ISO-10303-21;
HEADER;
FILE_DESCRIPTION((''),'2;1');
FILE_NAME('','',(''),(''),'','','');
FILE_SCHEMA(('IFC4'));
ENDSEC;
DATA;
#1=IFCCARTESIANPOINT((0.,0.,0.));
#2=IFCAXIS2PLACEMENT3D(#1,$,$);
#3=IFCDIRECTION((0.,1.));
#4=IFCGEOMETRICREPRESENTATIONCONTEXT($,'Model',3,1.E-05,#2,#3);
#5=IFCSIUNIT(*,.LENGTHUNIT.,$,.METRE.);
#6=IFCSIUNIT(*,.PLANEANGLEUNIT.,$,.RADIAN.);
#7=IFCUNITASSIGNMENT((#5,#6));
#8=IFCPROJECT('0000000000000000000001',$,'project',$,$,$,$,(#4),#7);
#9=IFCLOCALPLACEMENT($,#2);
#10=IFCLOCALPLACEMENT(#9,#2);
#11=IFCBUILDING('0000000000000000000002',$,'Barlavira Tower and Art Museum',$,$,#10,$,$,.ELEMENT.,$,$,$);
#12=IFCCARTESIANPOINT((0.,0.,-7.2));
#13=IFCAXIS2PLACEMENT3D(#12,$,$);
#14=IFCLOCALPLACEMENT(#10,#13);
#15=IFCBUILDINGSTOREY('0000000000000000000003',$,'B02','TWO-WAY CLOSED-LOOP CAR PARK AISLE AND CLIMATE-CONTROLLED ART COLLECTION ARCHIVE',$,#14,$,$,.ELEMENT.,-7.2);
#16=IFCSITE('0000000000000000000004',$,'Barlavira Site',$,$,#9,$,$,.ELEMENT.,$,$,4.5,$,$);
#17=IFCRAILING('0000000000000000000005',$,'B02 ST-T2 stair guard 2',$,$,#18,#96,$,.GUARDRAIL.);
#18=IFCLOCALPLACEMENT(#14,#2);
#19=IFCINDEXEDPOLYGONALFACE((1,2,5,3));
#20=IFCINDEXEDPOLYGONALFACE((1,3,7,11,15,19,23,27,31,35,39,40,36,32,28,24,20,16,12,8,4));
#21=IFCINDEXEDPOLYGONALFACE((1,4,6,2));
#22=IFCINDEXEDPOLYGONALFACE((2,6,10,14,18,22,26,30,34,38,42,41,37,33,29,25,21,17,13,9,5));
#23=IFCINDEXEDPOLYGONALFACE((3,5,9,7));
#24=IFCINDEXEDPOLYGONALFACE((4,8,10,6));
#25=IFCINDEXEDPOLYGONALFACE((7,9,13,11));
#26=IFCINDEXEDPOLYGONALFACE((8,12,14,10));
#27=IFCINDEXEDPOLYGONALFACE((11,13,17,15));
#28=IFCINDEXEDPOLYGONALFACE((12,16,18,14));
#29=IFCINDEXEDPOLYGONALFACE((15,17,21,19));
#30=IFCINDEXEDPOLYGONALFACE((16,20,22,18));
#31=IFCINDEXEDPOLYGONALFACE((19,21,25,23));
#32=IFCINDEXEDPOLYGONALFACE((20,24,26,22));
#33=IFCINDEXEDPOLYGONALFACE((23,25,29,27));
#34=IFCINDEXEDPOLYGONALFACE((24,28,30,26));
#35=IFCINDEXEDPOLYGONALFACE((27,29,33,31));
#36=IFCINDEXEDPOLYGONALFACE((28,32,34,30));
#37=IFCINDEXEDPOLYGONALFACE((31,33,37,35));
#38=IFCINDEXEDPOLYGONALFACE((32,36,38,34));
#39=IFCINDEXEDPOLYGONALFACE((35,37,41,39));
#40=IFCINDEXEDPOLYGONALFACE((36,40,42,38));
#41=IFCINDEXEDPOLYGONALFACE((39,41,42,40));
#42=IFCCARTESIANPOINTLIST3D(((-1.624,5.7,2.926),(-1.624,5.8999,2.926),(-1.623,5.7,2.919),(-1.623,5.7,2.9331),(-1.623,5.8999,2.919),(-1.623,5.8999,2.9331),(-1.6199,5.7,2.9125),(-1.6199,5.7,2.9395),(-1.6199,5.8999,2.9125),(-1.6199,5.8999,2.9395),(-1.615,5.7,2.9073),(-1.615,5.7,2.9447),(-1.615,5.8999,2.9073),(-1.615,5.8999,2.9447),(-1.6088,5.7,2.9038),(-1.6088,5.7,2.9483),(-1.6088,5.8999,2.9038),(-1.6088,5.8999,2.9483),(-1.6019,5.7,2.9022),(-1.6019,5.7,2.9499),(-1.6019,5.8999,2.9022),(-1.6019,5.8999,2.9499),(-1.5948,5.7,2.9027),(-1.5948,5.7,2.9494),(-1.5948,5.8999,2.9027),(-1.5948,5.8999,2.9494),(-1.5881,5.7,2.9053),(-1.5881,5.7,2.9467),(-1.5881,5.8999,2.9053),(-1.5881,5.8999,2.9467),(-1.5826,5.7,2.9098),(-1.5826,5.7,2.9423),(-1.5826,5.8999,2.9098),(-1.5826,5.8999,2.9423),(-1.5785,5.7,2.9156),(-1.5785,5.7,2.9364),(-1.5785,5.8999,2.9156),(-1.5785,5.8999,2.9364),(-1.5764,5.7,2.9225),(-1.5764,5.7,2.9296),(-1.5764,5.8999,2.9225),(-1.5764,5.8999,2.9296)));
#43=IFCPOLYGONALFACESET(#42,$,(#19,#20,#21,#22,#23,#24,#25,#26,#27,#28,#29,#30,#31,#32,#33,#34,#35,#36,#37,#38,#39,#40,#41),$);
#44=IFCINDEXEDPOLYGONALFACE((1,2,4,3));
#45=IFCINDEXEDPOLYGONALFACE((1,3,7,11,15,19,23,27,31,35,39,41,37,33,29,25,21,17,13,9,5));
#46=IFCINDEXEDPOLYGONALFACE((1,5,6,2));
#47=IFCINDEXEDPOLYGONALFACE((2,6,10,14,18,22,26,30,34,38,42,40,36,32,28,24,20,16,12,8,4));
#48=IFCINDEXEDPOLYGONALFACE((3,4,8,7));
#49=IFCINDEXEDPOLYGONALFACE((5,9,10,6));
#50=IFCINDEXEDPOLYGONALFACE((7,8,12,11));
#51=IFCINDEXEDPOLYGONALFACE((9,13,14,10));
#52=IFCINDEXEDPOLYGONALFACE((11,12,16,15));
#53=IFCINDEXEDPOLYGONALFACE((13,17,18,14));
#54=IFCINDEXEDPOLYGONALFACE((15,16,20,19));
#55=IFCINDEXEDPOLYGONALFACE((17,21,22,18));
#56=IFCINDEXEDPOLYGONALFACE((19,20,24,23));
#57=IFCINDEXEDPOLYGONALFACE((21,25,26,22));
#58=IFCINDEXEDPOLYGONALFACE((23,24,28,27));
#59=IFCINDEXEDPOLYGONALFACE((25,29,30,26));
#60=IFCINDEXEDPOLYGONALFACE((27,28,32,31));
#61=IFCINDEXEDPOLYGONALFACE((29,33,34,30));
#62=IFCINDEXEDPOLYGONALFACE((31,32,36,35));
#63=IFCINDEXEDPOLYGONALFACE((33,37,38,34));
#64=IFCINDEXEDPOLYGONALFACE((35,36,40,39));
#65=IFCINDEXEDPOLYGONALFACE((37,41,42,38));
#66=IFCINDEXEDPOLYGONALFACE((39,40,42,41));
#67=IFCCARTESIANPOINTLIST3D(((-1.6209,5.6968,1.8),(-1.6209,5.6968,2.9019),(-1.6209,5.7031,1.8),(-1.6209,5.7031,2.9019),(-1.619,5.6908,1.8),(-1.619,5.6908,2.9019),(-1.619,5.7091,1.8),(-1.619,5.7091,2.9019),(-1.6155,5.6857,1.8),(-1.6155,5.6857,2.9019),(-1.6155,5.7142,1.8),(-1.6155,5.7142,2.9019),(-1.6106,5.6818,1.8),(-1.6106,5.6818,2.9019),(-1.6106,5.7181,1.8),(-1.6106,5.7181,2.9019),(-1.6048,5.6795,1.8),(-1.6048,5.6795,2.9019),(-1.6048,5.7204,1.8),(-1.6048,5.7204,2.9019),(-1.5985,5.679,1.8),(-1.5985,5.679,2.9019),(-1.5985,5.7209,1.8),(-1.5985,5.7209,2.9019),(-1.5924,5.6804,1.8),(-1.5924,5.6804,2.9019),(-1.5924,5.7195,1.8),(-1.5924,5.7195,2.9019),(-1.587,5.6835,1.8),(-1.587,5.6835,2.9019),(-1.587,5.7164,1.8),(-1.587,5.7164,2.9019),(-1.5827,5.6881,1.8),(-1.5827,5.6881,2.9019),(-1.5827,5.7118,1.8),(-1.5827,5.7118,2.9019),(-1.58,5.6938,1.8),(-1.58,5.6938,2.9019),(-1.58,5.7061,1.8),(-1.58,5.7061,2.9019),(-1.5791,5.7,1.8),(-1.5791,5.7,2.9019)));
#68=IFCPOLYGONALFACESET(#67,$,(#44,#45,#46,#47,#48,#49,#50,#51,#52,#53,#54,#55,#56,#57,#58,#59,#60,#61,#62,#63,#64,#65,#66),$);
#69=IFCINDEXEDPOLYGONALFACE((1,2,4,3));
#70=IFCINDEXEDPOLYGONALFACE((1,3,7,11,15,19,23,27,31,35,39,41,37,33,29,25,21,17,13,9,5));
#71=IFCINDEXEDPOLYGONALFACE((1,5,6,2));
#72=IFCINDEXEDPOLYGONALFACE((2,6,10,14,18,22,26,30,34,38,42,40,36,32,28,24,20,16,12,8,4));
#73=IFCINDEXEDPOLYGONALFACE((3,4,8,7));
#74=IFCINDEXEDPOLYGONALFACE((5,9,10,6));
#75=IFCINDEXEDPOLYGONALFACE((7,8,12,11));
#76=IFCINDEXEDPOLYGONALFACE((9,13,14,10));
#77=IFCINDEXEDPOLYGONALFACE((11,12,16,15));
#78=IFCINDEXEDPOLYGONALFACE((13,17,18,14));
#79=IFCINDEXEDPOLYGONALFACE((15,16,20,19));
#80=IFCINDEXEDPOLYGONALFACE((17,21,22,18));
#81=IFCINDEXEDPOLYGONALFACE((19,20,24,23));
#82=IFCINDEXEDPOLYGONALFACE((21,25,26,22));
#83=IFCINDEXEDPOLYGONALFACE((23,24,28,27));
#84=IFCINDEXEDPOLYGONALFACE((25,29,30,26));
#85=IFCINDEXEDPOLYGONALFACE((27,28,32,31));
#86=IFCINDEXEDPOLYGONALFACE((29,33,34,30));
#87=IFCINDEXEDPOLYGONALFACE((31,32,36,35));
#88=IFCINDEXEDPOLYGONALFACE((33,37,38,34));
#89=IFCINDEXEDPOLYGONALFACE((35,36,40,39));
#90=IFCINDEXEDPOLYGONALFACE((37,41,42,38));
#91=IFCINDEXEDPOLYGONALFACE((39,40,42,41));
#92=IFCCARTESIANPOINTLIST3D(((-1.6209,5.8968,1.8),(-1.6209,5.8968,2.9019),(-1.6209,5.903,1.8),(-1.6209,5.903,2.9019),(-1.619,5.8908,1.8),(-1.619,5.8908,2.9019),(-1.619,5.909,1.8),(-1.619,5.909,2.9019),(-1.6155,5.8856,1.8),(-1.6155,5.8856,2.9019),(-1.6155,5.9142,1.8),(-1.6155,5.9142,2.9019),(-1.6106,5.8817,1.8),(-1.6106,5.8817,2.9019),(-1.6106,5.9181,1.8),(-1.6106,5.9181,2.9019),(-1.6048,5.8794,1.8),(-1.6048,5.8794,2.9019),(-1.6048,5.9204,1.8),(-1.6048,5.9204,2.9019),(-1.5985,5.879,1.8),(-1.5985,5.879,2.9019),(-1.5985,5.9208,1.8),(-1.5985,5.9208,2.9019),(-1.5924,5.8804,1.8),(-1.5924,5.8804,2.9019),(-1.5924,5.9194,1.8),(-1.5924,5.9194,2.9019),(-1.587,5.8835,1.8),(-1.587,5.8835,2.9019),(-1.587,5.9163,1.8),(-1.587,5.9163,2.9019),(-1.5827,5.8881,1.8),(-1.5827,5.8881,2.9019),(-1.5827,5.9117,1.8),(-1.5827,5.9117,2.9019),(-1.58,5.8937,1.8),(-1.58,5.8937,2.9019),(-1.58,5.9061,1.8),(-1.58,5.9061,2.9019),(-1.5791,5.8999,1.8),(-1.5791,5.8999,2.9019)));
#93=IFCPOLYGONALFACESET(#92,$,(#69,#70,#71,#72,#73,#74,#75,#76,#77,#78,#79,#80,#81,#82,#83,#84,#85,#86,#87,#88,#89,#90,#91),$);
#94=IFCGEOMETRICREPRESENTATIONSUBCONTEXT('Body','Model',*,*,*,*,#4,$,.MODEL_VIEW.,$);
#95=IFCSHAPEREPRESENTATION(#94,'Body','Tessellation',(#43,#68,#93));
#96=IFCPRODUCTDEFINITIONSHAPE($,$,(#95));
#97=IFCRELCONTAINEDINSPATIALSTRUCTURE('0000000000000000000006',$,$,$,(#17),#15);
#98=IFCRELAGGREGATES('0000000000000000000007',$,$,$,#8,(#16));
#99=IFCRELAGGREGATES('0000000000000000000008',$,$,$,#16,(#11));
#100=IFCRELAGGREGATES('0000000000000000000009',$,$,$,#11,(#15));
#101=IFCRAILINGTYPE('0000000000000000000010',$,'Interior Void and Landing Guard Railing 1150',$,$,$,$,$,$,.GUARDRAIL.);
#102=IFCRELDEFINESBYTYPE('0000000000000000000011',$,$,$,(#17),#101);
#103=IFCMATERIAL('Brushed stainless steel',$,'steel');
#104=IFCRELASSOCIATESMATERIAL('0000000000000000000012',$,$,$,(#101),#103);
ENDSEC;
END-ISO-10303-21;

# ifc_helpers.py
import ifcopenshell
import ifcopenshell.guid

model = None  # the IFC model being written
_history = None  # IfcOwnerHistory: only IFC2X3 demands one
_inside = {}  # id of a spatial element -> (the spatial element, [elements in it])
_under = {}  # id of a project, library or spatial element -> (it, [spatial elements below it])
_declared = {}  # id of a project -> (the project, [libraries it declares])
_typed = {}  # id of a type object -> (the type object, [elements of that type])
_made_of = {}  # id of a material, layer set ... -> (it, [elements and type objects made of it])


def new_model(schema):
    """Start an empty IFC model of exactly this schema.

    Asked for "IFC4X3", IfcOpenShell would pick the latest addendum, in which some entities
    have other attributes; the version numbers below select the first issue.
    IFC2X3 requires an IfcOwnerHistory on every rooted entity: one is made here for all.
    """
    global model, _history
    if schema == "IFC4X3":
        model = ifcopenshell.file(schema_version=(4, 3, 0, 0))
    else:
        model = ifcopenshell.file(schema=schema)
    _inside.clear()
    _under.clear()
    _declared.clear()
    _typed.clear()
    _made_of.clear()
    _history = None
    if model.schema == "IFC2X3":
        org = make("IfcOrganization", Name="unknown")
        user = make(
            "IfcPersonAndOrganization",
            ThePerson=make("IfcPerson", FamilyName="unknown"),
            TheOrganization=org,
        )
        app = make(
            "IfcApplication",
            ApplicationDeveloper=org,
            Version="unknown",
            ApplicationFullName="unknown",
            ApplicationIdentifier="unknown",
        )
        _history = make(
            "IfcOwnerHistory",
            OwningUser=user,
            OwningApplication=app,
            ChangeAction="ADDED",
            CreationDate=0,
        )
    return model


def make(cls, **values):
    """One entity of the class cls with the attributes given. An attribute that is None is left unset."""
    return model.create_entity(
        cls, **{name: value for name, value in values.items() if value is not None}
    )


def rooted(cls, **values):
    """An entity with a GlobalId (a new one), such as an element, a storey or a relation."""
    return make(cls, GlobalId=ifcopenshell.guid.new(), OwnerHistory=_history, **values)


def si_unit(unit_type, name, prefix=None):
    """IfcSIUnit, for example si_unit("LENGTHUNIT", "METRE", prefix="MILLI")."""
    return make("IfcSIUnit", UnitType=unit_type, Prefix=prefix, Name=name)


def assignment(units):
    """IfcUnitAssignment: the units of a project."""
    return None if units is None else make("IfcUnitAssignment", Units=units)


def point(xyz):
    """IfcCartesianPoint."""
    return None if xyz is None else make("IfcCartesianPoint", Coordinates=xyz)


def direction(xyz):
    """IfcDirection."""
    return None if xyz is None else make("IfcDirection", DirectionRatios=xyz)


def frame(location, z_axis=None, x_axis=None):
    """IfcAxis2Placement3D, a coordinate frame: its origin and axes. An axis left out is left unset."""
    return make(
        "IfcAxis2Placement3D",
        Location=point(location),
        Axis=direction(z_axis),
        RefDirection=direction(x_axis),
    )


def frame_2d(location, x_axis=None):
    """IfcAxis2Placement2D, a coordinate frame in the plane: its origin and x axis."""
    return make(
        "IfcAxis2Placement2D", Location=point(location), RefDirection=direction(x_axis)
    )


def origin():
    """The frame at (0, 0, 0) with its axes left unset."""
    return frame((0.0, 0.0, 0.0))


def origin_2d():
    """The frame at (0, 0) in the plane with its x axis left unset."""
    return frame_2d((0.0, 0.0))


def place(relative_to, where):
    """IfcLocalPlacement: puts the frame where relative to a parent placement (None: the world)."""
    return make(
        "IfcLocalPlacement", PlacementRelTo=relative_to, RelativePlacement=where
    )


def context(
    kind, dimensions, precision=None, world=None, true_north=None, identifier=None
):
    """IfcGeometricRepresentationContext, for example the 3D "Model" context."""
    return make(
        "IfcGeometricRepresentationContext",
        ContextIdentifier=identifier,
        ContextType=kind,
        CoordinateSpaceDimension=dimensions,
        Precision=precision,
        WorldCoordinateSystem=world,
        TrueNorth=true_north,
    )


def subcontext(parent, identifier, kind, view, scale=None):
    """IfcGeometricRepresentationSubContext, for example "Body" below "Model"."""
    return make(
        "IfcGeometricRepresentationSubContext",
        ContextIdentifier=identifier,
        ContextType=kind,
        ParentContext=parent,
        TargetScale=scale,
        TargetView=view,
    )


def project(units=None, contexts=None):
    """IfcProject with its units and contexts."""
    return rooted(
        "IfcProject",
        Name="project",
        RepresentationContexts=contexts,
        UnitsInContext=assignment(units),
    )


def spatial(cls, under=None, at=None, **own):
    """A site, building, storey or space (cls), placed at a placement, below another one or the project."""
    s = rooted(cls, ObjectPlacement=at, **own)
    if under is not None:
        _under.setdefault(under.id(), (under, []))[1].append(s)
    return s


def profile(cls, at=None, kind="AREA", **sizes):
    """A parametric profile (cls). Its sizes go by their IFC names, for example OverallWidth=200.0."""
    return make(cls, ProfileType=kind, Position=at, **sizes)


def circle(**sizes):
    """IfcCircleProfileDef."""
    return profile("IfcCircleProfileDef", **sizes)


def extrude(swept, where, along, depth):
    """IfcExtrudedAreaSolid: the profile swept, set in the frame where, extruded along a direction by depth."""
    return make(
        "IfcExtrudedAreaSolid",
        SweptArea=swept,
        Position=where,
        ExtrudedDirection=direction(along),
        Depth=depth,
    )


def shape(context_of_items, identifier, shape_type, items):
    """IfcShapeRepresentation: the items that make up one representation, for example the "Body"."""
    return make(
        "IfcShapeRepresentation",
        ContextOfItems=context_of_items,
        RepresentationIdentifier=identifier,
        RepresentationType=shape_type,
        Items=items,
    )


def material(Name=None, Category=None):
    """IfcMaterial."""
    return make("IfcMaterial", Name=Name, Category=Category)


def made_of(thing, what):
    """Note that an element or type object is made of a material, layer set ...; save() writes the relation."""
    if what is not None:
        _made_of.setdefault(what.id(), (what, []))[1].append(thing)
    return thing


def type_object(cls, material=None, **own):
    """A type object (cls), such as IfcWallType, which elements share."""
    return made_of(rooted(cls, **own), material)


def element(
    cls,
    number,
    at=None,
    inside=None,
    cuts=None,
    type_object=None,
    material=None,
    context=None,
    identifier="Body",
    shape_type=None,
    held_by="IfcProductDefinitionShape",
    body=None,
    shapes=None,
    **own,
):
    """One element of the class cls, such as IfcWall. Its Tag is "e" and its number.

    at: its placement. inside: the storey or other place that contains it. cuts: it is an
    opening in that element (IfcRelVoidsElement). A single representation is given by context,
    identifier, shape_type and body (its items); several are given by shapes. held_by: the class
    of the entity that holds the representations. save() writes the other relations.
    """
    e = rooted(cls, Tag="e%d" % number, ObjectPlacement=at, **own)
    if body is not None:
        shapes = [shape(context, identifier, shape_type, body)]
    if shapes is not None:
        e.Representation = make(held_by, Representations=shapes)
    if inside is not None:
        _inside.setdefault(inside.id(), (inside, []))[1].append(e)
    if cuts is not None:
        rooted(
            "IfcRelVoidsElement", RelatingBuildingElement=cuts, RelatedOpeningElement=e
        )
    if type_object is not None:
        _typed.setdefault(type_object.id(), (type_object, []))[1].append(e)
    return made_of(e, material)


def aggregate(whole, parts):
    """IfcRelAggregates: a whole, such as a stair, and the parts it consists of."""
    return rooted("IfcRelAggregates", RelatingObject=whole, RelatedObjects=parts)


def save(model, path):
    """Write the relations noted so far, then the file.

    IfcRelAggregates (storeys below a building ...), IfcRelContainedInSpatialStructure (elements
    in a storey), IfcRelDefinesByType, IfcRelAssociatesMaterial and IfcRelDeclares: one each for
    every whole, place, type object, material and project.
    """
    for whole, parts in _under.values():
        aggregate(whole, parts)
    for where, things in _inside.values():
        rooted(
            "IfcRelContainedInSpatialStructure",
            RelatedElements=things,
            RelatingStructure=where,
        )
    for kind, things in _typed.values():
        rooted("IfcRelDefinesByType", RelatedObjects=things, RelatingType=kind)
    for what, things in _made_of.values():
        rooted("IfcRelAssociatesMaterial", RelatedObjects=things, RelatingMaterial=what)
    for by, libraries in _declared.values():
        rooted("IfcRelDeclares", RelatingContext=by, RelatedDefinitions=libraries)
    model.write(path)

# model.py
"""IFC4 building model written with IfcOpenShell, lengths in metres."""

from ifc_helpers import new_model, si_unit, direction, frame, origin, origin_2d, place, context, subcontext, project, spatial, circle, extrude, material, type_object, element, save


model = new_model("IFC4")

# Units and contexts
model_context = context("Model", 3, precision=1e-05, world=origin(), true_north=direction((0.0, 1.0)))
body_context = subcontext(model_context, "Body", "Model", "MODEL_VIEW")
ifc_project = project(units=[si_unit("LENGTHUNIT", "METRE"), si_unit("PLANEANGLEUNIT", "RADIAN")], contexts=[model_context])

# Site, building, storey
site_placement = place(None, origin())
site = spatial("IfcSite", under=ifc_project, at=site_placement, Name="Barlavira Site", CompositionType="ELEMENT", RefElevation=4.5)
building_placement = place(site_placement, origin())
building = spatial("IfcBuilding", under=site, at=building_placement, Name="Barlavira Tower and Art Museum", CompositionType="ELEMENT")
storey_placement = place(building_placement, frame((0.0, 0.0, -7.2)))
storey = spatial("IfcBuildingStorey", under=building, at=storey_placement, Name="B02", Description="TWO-WAY CLOSED-LOOP CAR PARK AISLE AND CLIMATE-CONTROLLED ART COLLECTION ARCHIVE", CompositionType="ELEMENT", Elevation=-7.2)

# Shared definitions
ifc_material_1 = material(Name="Brushed stainless steel", Category="steel")

# Railing
railing_type_1 = type_object("IfcRailingType", Name="Interior Void and Landing Guard Railing 1150", PredefinedType="GUARDRAIL", material=ifc_material_1)
railing_1_placement = place(storey_placement, frame((-1.6001, 5.7, 1.8)))
element("IfcRailing", 1, at=railing_1_placement, inside=storey, type_object=railing_type_1, Name="B02 ST-T2 stair guard 2", PredefinedType="GUARDRAIL", context=body_context, shape_type="SweptSolid", body=[
    extrude(circle(Radius=0.0239, at=origin_2d()), frame((0.0, 0.0, 1.126), z_axis=(0.0, 1.0, 0.0), x_axis=(-1.0, 0.0, 0.0)), (0.0, 0.0, 1.0), 0.2),
    extrude(circle(Radius=0.021, at=origin_2d()), origin(), (0.0, 0.0, 1.0), 1.1018),
    extrude(circle(Radius=0.021, at=origin_2d()), frame((0.0, 0.2, 0.0)), (0.0, 0.0, 1.0), 1.1018),
])

save(model, "model.ifc")
